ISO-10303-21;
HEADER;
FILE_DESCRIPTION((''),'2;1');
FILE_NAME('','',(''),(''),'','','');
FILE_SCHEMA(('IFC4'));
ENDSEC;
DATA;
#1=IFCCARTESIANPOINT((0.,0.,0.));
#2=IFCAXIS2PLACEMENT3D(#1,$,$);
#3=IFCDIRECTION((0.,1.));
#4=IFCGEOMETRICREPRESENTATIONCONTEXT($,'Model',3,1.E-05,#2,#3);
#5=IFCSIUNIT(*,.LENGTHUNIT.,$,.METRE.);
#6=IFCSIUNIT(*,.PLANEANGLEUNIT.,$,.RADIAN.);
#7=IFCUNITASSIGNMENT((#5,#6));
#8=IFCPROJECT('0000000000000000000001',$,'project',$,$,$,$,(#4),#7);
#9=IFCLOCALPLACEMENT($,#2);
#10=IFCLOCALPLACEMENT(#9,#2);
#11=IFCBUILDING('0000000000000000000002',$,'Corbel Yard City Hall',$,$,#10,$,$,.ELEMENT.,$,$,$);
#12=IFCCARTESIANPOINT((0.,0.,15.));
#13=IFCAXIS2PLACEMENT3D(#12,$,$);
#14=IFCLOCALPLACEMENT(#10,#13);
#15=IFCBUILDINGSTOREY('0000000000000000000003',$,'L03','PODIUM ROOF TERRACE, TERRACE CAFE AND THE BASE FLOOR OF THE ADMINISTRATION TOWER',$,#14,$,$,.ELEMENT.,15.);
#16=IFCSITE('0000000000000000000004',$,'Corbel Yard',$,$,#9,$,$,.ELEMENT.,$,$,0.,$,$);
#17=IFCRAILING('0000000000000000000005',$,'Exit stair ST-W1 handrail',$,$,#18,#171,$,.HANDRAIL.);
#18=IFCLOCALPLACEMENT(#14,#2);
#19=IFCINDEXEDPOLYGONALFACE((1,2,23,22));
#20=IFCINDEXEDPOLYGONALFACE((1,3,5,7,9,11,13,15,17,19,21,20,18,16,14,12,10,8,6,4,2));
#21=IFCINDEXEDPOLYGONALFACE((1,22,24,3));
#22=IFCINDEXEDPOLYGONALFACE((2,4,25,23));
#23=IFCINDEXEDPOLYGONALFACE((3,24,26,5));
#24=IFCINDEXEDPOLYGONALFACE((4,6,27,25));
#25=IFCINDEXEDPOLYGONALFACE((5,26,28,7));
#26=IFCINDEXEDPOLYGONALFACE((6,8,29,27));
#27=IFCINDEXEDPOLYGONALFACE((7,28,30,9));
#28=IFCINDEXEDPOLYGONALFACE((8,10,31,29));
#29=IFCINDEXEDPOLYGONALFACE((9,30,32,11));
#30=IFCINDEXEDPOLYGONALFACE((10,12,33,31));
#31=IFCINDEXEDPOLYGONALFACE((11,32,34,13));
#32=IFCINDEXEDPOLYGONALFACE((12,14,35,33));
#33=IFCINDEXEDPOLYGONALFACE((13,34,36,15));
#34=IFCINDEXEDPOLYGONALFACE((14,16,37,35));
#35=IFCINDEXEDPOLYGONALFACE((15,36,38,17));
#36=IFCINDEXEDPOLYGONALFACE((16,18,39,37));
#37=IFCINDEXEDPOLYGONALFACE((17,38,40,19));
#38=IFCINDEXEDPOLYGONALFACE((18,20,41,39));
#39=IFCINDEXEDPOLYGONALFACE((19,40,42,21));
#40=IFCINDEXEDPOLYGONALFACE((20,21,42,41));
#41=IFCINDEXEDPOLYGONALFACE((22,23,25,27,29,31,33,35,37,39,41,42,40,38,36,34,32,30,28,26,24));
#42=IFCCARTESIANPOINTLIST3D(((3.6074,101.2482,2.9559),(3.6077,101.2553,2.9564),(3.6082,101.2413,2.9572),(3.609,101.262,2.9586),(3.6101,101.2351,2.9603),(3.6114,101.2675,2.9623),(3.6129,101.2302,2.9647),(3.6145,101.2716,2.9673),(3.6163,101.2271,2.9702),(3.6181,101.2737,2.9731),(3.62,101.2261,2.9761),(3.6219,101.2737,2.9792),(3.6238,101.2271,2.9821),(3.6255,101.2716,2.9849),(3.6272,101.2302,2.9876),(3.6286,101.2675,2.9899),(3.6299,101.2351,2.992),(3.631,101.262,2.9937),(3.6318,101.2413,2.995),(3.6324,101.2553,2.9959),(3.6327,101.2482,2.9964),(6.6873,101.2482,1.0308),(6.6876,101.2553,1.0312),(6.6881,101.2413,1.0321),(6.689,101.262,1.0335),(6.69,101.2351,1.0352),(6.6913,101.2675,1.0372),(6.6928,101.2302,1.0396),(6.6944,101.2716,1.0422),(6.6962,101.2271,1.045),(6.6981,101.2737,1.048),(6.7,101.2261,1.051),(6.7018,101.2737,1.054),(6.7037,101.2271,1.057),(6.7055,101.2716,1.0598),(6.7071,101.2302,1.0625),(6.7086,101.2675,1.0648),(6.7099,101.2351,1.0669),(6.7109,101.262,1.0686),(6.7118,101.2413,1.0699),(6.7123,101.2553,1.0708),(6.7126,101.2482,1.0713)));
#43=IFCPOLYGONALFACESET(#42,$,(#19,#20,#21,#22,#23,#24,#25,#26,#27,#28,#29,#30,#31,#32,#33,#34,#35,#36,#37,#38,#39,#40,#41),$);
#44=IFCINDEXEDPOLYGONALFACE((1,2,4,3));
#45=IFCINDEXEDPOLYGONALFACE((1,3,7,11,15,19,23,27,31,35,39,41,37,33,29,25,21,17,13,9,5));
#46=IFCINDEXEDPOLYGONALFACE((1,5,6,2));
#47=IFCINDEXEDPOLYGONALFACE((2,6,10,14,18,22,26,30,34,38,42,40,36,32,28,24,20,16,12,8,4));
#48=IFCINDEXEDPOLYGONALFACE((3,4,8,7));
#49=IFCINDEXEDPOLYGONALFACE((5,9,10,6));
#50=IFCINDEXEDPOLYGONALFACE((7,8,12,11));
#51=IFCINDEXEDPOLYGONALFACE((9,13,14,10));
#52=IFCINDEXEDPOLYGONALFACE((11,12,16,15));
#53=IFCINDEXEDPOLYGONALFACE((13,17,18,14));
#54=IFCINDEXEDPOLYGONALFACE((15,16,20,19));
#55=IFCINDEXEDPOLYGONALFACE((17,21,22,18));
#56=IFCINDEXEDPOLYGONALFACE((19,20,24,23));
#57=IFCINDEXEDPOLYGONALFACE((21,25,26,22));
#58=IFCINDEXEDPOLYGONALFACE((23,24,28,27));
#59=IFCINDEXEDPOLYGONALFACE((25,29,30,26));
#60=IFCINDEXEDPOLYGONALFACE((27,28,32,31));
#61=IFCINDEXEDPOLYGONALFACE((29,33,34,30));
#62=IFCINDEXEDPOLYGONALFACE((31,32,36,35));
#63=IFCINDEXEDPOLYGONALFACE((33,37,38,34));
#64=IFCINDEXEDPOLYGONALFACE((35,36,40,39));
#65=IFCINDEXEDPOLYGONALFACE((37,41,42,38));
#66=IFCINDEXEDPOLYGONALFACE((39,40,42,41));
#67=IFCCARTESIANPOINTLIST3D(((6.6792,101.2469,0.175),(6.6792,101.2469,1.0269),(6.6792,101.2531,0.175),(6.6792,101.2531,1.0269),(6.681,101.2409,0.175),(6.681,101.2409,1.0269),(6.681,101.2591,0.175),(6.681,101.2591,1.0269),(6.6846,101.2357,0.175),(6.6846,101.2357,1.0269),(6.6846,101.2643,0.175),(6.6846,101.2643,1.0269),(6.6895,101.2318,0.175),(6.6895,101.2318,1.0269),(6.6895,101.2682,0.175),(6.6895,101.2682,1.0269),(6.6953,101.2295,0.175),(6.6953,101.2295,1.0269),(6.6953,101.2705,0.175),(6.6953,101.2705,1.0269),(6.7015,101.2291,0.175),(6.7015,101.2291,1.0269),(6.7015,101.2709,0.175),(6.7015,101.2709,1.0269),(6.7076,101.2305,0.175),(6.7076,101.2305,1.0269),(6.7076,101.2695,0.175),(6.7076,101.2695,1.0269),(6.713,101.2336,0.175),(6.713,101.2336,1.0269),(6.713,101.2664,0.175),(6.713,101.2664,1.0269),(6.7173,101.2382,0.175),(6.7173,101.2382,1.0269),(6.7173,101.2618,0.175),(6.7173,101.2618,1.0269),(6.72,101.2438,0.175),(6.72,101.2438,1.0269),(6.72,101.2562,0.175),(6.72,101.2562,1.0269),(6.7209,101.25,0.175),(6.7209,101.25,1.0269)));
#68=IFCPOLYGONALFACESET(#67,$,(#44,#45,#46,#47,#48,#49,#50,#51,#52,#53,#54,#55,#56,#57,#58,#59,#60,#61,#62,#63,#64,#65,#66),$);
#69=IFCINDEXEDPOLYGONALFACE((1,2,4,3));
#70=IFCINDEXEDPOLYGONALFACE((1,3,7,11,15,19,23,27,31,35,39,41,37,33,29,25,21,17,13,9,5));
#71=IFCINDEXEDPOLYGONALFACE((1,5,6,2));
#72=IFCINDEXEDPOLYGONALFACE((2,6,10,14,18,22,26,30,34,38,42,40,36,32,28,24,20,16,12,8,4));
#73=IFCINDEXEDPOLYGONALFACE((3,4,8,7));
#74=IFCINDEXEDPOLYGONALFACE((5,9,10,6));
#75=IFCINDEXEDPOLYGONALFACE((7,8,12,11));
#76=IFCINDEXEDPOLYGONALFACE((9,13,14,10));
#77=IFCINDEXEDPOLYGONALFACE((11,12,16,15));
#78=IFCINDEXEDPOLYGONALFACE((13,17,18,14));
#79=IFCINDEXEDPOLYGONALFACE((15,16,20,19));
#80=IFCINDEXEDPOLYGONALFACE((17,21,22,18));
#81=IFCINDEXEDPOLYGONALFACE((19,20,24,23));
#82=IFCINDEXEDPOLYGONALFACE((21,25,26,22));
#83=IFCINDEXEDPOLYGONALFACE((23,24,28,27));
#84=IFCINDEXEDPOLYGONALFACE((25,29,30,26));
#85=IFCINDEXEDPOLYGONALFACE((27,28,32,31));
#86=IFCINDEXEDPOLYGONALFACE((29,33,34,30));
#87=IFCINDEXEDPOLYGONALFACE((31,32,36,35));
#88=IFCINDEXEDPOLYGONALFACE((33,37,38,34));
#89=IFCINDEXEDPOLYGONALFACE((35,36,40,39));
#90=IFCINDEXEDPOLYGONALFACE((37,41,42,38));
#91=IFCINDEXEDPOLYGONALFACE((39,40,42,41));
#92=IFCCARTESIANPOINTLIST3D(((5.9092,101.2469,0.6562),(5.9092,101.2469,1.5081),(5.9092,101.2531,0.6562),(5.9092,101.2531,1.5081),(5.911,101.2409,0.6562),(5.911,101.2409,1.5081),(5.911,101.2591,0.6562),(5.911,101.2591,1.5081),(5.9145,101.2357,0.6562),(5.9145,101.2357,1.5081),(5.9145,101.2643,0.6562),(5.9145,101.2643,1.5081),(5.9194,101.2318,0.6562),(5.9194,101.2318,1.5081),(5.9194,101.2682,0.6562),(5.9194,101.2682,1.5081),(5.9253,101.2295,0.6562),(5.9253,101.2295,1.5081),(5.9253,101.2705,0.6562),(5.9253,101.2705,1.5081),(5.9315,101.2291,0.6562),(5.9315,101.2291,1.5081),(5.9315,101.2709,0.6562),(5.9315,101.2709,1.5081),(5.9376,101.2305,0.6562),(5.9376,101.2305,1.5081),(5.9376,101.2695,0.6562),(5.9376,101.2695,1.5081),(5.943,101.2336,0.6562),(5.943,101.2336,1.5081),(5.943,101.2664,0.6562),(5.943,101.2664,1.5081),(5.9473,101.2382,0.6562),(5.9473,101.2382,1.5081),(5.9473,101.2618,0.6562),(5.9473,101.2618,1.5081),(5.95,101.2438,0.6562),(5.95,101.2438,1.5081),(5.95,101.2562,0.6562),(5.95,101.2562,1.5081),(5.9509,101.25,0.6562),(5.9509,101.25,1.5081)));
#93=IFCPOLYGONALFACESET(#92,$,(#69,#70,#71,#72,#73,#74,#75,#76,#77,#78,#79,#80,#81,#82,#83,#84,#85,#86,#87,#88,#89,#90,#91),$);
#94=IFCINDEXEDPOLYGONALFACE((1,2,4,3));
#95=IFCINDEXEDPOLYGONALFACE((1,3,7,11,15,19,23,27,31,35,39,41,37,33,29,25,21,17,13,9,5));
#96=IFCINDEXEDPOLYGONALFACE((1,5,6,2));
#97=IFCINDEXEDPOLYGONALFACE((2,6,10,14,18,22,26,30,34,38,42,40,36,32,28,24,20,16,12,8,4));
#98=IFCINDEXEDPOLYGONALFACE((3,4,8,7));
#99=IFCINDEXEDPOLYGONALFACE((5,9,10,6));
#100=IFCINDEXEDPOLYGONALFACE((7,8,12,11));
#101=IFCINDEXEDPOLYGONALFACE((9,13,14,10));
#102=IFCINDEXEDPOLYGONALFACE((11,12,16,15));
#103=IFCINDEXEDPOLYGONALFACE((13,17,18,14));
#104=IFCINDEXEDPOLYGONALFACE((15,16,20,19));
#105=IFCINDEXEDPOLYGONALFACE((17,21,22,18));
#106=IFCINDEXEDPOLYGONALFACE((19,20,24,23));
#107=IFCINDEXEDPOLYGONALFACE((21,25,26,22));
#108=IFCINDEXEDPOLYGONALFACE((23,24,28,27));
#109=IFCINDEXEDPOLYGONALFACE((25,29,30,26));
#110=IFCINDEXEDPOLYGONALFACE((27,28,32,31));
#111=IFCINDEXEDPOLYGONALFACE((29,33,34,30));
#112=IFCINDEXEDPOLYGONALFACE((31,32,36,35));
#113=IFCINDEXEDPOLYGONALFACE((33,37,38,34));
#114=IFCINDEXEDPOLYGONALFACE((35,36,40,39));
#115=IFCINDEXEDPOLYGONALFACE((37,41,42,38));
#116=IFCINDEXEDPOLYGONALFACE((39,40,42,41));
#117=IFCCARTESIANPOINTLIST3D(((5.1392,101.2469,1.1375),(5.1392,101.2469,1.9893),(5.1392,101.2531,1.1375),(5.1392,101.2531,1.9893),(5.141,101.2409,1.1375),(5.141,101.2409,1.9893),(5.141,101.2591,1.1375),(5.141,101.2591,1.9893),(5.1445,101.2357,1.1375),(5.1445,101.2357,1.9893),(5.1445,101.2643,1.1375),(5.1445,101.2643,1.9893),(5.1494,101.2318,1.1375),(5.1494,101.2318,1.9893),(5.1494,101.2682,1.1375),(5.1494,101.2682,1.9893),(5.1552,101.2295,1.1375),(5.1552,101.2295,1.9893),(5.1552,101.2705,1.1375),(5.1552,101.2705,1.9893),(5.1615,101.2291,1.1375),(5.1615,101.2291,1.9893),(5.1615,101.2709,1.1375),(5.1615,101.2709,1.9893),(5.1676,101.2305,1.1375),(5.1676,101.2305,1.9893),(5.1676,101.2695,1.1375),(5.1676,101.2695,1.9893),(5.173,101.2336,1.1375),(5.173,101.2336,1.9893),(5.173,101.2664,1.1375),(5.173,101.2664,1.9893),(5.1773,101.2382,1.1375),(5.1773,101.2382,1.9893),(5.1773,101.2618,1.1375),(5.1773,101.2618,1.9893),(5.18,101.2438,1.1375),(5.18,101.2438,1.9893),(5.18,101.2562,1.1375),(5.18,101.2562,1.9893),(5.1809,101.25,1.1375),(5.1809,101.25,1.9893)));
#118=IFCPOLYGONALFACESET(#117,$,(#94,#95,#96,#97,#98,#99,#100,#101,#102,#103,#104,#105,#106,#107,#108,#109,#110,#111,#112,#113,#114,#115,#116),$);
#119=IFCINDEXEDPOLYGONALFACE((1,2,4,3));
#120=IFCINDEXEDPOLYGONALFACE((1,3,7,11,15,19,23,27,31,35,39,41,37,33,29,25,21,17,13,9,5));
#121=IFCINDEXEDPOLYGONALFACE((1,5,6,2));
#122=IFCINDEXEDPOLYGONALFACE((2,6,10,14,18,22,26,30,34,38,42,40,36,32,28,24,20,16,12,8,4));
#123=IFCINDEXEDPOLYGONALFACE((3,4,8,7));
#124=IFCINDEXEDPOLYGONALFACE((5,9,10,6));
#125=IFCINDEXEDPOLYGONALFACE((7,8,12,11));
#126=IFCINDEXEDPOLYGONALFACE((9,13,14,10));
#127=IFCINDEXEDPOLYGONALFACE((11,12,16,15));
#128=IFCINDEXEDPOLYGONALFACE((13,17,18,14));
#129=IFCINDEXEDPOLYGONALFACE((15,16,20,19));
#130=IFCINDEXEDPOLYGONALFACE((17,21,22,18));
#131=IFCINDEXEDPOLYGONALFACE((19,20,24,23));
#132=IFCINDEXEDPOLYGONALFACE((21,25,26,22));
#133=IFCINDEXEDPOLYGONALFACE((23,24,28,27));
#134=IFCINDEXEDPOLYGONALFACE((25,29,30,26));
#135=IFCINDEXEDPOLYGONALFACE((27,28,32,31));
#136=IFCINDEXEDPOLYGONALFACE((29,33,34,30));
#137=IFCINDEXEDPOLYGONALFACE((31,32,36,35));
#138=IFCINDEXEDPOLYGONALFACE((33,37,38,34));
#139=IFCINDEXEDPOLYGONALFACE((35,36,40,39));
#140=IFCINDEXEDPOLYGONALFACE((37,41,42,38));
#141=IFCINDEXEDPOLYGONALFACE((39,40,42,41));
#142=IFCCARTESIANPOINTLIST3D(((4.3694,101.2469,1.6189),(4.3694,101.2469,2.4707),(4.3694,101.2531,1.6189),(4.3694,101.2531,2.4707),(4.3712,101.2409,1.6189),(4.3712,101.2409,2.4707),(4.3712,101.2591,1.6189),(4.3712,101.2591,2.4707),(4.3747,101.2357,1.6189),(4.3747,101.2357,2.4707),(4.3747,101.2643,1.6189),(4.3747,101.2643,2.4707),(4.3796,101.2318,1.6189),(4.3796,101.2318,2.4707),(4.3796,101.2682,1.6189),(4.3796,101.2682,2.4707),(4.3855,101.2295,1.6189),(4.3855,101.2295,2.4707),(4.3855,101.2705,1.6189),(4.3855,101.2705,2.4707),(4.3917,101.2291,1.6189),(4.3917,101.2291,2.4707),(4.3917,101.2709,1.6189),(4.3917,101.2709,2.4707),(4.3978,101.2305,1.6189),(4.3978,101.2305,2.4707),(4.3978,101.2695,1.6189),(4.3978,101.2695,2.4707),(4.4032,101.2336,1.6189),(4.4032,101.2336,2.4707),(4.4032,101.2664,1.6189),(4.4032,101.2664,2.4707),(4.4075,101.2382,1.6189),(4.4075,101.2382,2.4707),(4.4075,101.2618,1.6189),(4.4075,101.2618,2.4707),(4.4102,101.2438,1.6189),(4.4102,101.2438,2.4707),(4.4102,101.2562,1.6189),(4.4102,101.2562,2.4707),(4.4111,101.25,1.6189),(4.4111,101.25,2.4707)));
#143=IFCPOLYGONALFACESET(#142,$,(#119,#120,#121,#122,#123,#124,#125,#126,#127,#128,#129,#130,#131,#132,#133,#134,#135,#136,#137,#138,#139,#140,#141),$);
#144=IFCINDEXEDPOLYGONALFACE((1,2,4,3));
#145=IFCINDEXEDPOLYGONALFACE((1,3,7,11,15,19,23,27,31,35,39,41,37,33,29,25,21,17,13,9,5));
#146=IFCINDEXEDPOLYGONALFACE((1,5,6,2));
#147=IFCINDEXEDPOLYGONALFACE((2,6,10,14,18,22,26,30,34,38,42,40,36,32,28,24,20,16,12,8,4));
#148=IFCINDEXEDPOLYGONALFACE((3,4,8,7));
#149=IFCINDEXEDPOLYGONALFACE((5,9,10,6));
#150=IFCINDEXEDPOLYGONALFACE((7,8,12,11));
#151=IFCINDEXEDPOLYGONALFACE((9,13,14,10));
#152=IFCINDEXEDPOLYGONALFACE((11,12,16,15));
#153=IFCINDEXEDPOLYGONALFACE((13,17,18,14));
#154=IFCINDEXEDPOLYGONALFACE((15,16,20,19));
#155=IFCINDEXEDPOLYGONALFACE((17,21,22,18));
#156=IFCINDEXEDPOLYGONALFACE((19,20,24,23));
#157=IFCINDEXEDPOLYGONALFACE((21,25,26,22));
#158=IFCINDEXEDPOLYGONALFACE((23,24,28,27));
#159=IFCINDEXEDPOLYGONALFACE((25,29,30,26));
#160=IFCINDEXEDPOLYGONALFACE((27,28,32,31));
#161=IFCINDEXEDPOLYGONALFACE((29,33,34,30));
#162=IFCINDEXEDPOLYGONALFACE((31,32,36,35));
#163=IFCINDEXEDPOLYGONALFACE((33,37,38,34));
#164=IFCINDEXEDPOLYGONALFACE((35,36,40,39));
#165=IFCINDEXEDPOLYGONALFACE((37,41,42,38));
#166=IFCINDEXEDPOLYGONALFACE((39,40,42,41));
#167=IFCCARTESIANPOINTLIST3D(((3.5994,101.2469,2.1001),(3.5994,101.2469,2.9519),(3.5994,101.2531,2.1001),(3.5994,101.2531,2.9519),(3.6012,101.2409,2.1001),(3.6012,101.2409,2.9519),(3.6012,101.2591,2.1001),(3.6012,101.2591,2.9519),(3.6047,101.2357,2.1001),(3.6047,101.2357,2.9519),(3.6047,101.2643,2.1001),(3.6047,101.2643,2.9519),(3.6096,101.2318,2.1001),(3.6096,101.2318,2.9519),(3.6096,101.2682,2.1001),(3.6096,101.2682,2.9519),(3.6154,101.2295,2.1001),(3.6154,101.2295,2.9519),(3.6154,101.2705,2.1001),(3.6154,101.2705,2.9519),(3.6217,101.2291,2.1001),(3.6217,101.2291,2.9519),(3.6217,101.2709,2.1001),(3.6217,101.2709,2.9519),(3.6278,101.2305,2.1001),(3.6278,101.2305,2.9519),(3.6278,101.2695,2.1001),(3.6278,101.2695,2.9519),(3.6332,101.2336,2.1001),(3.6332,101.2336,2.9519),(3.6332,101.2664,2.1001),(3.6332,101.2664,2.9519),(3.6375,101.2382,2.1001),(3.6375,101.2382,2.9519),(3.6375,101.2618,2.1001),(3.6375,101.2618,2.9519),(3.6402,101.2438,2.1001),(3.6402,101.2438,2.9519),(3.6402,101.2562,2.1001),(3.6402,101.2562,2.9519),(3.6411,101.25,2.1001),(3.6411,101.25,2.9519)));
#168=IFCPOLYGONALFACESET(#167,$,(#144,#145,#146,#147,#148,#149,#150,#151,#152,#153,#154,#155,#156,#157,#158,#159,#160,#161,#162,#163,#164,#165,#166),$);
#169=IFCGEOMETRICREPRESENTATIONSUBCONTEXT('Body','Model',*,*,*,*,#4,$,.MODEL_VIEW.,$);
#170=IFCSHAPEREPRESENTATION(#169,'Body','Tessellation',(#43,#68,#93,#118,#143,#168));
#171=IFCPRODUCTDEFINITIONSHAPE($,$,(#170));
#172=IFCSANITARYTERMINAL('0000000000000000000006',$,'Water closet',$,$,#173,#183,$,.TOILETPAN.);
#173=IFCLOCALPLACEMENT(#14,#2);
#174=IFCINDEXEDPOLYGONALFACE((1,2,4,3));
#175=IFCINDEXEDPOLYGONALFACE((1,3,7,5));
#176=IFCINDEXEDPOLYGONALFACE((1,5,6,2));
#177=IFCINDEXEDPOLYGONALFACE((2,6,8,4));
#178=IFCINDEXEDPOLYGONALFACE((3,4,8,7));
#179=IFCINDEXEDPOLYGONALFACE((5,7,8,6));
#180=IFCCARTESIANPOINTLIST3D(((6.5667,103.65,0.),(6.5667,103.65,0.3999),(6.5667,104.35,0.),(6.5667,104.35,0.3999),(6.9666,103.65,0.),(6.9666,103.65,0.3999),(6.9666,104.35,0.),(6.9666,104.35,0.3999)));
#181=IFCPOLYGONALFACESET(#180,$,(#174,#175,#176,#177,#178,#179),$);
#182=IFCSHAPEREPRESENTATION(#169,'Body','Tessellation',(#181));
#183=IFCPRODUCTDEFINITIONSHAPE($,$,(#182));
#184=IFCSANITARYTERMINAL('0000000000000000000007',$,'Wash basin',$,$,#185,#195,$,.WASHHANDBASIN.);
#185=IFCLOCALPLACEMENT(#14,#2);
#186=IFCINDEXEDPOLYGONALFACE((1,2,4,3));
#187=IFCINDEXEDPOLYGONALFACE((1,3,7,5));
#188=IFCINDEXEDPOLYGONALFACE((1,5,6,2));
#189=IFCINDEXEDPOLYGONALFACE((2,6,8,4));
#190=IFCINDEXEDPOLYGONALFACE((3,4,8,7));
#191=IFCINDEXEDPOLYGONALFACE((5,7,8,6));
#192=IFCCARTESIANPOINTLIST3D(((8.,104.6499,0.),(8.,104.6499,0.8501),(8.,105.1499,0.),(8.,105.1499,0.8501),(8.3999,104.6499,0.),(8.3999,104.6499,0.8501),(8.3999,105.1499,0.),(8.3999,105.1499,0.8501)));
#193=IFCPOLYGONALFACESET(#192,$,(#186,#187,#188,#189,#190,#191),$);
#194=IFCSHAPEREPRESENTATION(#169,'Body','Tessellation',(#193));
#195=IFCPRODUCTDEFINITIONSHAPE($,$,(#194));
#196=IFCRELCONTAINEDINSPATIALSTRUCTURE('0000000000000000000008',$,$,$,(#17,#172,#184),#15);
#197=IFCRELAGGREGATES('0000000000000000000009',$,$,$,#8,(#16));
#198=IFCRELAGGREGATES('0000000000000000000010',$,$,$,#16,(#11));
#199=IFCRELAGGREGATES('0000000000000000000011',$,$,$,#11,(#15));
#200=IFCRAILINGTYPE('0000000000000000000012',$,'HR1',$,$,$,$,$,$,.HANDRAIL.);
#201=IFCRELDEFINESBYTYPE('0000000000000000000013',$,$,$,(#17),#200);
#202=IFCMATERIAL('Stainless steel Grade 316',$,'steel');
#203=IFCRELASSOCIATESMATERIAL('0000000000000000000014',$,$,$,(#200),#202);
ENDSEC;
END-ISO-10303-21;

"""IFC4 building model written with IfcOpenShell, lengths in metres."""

from ifc_helpers import new_model, si_unit, direction, frame, origin, origin_2d, place, context, subcontext, project, spatial, rectangle, circle, extrude, material, type_object, element, save


model = new_model("IFC4")

# Units and contexts
model_context = context("Model", 3, precision=1e-05, world=origin(), true_north=direction((0.0, 1.0)))
body_context = subcontext(model_context, "Body", "Model", "MODEL_VIEW")
ifc_project = project(units=[si_unit("LENGTHUNIT", "METRE"), si_unit("PLANEANGLEUNIT", "RADIAN")], contexts=[model_context])

# Site, building, storey
site_placement = place(None, origin())
site = spatial("IfcSite", under=ifc_project, at=site_placement, Name="Corbel Yard", CompositionType="ELEMENT", RefElevation=0.0)
building_placement = place(site_placement, origin())
building = spatial("IfcBuilding", under=site, at=building_placement, Name="Corbel Yard City Hall", CompositionType="ELEMENT")
storey_placement = place(building_placement, frame((0.0, 0.0, 15.0)))
storey = spatial("IfcBuildingStorey", under=building, at=storey_placement, Name="L03", Description="PODIUM ROOF TERRACE, TERRACE CAFE AND THE BASE FLOOR OF THE ADMINISTRATION TOWER", CompositionType="ELEMENT", Elevation=15.0)

# Railing
ifc_material_1 = material(Name="Stainless steel Grade 316", Category="steel")
railing_type = type_object("IfcRailingType", Name="HR1", PredefinedType="HANDRAIL", material=ifc_material_1)
railing_placement = place(storey_placement, frame((6.7, 101.25, 0.175)))
element("IfcRailing", 1, at=railing_placement, inside=storey, type_object=railing_type, Name="Exit stair ST-W1 handrail", PredefinedType="HANDRAIL", context=body_context, shape_type="SweptSolid", body=[
    extrude(circle(Radius=0.0239, at=origin_2d()), frame((0.0, 0.0, 0.876), z_axis=(-0.847979, 0.0, 0.530029), x_axis=(0.0, -1.0, 0.0)), (0.0, 0.0, 1.0), 3.6321),
    extrude(circle(Radius=0.021, at=origin_2d()), origin(), (0.0, 0.0, 1.0), 0.8518),
    extrude(circle(Radius=0.021, at=origin_2d()), frame((-0.77, 0.0, 0.4812)), (0.0, 0.0, 1.0), 0.8518),
    extrude(circle(Radius=0.021, at=origin_2d()), frame((-1.54, 0.0, 0.9624)), (0.0, 0.0, 1.0), 0.8518),
    extrude(circle(Radius=0.021, at=origin_2d()), frame((-2.3098, 0.0, 1.4438)), (0.0, 0.0, 1.0), 0.8518),
    extrude(circle(Radius=0.021, at=origin_2d()), frame((-3.0798, 0.0, 1.925)), (0.0, 0.0, 1.0), 0.8518),
])

# Sanitary terminals
sanitary_terminal_1_placement = place(storey_placement, frame((6.7666, 104.0, 0.0), z_axis=(0.0, 0.0, 1.0), x_axis=(1.0, 0.0, 0.0)))
element("IfcSanitaryTerminal", 2, at=sanitary_terminal_1_placement, inside=storey, Name="Water closet", PredefinedType="TOILETPAN", context=body_context, shape_type="SweptSolid", body=[
    extrude(rectangle(XDim=0.3999, YDim=0.7, at=origin_2d()), origin(), (0.0, 0.0, 1.0), 0.3999),
])
sanitary_terminal_2_placement = place(storey_placement, frame((8.2, 104.8999, 0.0), z_axis=(0.0, 0.0, 1.0), x_axis=(1.0, 0.0, 0.0)))
element("IfcSanitaryTerminal", 3, at=sanitary_terminal_2_placement, inside=storey, Name="Wash basin", PredefinedType="WASHHANDBASIN", context=body_context, shape_type="SweptSolid", body=[
    extrude(rectangle(XDim=0.3999, YDim=0.5, at=origin_2d()), origin(), (0.0, 0.0, 1.0), 0.8501),
])

save(model, "model.ifc")
